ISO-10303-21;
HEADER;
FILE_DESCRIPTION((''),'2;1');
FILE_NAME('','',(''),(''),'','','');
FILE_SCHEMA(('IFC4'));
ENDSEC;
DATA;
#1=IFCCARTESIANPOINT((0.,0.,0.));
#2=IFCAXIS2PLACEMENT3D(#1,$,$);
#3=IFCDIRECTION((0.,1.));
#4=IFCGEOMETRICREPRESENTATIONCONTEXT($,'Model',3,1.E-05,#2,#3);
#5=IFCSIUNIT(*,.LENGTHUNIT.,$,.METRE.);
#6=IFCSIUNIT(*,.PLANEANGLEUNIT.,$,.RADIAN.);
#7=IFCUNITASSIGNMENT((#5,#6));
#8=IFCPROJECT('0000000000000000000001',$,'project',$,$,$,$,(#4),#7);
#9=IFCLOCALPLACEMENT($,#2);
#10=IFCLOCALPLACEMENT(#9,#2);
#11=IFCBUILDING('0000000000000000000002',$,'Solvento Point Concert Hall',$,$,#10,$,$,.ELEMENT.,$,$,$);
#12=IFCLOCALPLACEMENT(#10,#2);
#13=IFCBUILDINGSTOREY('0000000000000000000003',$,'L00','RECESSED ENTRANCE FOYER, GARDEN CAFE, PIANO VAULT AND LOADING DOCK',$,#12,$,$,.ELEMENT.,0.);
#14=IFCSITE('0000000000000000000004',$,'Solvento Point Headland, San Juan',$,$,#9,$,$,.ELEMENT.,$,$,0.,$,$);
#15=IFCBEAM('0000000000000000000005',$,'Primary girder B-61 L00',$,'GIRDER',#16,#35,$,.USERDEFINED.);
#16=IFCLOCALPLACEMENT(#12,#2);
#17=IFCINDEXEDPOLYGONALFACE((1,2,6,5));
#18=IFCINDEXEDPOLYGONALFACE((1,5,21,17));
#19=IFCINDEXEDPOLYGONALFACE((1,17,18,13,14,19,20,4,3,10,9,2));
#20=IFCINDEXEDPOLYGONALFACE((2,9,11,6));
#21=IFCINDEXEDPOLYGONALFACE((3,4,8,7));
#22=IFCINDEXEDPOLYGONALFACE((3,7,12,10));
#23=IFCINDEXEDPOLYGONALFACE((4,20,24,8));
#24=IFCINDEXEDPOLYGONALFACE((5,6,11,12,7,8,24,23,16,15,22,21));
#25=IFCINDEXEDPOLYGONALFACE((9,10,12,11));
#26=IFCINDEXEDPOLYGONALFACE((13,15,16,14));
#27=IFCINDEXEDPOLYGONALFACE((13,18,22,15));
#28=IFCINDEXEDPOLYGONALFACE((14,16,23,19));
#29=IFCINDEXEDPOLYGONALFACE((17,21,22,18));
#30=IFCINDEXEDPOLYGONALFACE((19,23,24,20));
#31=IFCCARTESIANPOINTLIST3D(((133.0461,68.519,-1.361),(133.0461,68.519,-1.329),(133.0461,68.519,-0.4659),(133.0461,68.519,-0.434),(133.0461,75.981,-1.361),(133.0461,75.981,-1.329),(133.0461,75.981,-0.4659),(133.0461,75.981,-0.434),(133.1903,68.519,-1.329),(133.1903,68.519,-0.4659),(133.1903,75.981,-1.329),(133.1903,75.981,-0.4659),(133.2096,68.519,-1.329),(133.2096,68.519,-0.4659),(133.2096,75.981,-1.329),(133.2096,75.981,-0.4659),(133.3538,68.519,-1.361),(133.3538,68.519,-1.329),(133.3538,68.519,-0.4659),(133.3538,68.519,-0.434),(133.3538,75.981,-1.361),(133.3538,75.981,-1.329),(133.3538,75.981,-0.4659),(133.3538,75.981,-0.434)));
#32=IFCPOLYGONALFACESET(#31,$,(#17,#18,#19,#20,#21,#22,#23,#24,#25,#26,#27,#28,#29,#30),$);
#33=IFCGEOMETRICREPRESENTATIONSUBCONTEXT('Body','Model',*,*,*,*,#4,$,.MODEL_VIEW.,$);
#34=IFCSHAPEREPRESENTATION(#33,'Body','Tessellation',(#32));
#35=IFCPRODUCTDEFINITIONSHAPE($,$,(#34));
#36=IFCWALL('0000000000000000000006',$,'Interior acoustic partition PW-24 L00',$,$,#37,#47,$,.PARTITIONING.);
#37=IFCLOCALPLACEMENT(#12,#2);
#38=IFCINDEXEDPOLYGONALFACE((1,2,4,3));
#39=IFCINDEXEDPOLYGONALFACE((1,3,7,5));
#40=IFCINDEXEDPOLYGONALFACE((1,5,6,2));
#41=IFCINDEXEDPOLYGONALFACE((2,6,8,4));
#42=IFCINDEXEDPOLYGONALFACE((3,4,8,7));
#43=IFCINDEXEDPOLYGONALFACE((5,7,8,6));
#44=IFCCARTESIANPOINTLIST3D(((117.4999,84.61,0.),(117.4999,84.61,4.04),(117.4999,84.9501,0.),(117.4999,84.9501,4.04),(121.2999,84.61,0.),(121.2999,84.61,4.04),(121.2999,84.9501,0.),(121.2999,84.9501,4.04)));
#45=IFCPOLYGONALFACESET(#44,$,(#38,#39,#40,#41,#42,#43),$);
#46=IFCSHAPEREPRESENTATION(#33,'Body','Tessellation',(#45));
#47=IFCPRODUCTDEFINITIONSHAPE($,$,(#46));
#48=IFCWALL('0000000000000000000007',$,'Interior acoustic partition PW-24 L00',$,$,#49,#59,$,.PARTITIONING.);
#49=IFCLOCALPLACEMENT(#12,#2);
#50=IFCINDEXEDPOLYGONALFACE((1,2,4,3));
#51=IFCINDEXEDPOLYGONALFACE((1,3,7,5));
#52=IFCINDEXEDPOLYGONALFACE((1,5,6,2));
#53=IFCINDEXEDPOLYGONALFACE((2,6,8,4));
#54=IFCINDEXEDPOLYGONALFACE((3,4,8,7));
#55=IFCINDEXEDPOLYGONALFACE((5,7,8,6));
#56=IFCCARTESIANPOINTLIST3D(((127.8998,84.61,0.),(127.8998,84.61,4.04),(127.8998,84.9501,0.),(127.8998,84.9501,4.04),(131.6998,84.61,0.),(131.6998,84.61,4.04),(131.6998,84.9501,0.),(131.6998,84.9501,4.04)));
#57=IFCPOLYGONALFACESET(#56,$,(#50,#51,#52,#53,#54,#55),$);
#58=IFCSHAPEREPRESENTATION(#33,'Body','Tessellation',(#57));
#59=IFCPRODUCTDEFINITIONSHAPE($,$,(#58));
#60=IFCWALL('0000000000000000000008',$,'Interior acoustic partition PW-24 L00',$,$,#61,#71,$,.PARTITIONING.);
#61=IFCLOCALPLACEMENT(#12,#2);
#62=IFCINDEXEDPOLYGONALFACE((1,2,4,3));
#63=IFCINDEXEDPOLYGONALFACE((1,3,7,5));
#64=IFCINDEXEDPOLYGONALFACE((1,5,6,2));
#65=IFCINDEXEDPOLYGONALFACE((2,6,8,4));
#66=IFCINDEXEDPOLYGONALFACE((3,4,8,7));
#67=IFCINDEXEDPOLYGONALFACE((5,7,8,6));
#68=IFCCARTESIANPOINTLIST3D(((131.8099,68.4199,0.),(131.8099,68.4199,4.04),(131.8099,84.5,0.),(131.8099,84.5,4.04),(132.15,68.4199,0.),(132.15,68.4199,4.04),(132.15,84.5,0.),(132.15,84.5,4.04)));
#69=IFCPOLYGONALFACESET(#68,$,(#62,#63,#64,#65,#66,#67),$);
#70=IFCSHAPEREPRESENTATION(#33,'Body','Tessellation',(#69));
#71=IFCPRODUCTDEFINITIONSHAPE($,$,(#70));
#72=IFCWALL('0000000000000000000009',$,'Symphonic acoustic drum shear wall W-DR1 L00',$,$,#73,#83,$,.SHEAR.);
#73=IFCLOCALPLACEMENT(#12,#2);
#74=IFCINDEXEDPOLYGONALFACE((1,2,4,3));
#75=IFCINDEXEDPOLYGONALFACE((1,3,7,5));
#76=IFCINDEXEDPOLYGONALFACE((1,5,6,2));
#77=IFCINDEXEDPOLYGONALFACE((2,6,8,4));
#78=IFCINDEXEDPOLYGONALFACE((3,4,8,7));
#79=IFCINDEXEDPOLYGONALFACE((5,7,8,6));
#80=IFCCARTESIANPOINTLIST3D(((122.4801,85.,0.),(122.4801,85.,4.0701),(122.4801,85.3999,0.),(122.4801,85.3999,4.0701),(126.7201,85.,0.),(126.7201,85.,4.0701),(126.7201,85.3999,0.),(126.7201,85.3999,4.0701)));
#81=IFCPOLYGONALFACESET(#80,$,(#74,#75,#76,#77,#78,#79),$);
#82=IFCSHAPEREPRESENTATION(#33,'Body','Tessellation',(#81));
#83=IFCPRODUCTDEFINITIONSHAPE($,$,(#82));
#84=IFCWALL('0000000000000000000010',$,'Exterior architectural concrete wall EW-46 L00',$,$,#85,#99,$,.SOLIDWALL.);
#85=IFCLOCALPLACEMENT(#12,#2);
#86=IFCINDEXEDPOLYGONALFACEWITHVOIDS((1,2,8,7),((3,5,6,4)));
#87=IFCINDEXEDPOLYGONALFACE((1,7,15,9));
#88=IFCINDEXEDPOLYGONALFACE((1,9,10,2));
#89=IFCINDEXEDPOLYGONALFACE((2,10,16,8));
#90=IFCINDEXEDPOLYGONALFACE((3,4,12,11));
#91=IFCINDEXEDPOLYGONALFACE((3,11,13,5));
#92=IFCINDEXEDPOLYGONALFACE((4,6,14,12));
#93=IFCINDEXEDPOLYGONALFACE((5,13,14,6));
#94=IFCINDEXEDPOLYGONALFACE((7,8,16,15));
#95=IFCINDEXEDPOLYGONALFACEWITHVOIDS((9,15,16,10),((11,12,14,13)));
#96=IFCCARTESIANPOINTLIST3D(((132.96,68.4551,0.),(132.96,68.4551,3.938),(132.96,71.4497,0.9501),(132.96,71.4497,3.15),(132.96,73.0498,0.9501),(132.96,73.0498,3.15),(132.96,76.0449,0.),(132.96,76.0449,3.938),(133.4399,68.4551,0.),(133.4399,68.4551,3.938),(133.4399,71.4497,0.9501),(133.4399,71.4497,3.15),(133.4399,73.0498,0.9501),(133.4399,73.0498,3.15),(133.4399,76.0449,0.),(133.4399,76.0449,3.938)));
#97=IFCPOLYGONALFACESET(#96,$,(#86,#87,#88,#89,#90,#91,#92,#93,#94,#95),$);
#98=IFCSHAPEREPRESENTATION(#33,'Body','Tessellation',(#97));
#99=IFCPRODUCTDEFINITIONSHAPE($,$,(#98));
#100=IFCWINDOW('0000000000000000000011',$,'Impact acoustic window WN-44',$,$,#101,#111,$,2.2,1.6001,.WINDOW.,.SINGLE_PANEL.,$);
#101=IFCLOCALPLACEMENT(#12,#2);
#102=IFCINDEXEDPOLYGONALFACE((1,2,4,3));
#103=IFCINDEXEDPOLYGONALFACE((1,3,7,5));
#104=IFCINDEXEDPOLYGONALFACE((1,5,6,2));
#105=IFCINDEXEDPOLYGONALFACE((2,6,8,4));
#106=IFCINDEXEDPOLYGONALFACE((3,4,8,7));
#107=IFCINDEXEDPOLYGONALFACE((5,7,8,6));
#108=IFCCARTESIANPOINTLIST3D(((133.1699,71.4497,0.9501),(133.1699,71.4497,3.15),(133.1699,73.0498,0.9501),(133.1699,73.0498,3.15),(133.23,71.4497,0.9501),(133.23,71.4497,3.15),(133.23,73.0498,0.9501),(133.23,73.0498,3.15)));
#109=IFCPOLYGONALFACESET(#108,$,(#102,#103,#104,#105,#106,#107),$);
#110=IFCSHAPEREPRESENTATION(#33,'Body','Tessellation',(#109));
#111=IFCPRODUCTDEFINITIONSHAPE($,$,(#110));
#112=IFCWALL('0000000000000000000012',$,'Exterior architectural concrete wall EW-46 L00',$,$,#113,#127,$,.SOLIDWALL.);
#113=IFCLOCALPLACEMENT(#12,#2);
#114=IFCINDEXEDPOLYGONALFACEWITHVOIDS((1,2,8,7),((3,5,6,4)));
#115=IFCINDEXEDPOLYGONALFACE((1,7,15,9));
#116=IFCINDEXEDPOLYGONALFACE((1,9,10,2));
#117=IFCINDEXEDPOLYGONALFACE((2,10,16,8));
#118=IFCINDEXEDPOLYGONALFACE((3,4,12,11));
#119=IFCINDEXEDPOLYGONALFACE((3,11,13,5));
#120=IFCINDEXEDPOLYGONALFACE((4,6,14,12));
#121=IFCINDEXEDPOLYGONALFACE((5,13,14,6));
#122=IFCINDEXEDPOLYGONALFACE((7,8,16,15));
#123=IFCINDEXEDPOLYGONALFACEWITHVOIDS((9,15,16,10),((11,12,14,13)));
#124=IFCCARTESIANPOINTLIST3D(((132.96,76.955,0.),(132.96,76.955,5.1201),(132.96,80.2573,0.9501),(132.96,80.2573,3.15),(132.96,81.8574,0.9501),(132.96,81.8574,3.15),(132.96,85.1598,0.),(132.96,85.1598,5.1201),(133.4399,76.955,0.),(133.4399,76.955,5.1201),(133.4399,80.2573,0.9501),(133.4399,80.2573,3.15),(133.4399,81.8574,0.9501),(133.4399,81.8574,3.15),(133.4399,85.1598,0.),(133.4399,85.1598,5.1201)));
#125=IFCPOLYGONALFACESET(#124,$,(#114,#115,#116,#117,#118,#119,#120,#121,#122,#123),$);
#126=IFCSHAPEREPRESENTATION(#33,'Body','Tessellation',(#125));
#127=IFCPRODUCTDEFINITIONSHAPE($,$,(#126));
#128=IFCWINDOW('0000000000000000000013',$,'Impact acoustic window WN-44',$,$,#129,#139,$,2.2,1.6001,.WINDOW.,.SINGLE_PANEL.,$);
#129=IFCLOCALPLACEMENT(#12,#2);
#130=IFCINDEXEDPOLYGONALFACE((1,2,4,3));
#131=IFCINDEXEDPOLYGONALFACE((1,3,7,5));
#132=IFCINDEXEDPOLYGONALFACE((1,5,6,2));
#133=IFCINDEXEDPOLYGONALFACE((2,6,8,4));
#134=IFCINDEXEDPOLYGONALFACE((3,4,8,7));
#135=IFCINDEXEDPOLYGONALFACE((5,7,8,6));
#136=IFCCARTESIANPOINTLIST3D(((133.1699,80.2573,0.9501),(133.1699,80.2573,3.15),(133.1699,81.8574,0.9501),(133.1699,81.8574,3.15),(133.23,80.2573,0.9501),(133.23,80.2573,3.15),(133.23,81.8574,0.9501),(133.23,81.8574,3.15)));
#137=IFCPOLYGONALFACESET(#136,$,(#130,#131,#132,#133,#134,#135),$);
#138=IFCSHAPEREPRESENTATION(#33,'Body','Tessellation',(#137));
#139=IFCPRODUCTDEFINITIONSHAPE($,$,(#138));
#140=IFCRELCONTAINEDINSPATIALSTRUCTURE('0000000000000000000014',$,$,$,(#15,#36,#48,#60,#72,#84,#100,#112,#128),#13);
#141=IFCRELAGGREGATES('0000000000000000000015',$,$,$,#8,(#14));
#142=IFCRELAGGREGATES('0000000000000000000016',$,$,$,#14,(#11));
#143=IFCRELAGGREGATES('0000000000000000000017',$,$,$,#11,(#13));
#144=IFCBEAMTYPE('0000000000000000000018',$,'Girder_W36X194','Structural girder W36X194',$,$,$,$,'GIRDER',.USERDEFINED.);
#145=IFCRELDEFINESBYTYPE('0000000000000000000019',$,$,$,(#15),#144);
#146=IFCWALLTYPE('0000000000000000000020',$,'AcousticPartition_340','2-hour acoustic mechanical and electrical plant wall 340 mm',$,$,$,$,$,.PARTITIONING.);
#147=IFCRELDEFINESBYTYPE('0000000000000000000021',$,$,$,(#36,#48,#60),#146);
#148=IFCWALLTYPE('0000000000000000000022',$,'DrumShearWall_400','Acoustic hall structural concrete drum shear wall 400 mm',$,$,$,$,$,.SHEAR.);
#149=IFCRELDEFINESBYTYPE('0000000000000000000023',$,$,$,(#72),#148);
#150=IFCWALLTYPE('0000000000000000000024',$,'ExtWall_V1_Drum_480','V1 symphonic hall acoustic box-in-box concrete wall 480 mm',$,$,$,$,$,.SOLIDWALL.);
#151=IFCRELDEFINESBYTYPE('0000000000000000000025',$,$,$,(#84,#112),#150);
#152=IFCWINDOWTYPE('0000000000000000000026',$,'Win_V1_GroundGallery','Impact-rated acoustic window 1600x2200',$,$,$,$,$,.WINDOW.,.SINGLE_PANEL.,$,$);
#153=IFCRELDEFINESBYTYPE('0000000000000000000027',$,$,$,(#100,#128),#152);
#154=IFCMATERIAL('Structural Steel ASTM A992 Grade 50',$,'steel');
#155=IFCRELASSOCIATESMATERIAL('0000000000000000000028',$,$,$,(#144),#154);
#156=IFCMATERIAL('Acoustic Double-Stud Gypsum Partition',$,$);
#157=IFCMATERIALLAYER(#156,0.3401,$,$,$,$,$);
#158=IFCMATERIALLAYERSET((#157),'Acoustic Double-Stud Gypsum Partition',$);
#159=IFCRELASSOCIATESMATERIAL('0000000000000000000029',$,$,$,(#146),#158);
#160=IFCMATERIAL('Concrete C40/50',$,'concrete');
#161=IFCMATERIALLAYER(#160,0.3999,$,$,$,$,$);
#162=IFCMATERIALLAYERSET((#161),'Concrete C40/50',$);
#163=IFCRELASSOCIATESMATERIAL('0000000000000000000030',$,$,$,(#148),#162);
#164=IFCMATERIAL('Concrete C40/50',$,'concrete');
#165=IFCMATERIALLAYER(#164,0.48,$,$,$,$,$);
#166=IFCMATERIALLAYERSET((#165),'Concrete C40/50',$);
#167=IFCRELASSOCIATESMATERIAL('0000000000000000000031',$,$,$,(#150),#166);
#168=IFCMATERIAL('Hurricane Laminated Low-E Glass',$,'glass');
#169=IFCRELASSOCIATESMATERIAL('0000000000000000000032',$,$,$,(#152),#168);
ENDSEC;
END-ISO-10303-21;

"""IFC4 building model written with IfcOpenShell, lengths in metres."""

from ifc_helpers import new_model, si_unit, direction, frame, frame_2d, origin, origin_2d, place, context, subcontext, project, spatial, rectangle, i_section, extrude, material, layer, layer_set, material_profile, profile_set, type_object, element, fill, save


model = new_model("IFC4")

# Units and contexts
model_context = context("Model", 3, precision=1e-05, world=origin(), true_north=direction((0.0, 1.0)))
body_context = subcontext(model_context, "Body", "Model", "MODEL_VIEW")
ifc_project = project(units=[si_unit("LENGTHUNIT", "METRE"), si_unit("PLANEANGLEUNIT", "RADIAN")], contexts=[model_context])

# Site, building, storey
site_placement = place(None, origin())
site = spatial("IfcSite", under=ifc_project, at=site_placement, Name="Solvento Point Headland, San Juan", CompositionType="ELEMENT", RefElevation=0.0)
building_placement = place(site_placement, origin())
building = spatial("IfcBuilding", under=site, at=building_placement, Name="Solvento Point Concert Hall", CompositionType="ELEMENT")
storey_placement = place(building_placement, origin())
storey = spatial("IfcBuildingStorey", under=building, at=storey_placement, Name="L00", Description="RECESSED ENTRANCE FOYER, GARDEN CAFE, PIANO VAULT AND LOADING DOCK", CompositionType="ELEMENT", Elevation=0.0)

# Beam
ifc_material_1 = material(Name="Structural Steel ASTM A992 Grade 50", Category="steel")
ifc_material_profile_1 = material_profile(ifc_material_1, i_section(OverallWidth=0.3076, OverallDepth=0.927, WebThickness=0.0193, FlangeThickness=0.032, at=origin_2d()), Name="W36X194")
ifc_profile_set_1 = profile_set([ifc_material_profile_1], Name="Structural Steel ASTM A992 Grade 50")
beam_type_1 = type_object("IfcBeamType", Name="Girder_W36X194", Description="Structural girder W36X194", ElementType="GIRDER", PredefinedType="USERDEFINED", material=ifc_profile_set_1)
beam_1_placement = place(storey_placement, frame((133.2, 68.519, -0.8975), z_axis=(0.0, 1.0, 0.0), x_axis=(-1.0, 0.0, 0.0)))
element("IfcBeam", 1, at=beam_1_placement, inside=storey, type_object=beam_type_1, Name="Primary girder B-61 L00", ObjectType="GIRDER", PredefinedType="USERDEFINED", context=body_context, shape_type="SweptSolid", body=[
    extrude(i_section(OverallWidth=0.3076, OverallDepth=0.927, WebThickness=0.0193, FlangeThickness=0.032, at=origin_2d()), origin(), (0.0, 0.0, 1.0), 7.4619),
])

# Walls
ifc_material_2 = material(Name="Acoustic Double-Stud Gypsum Partition")
ifc_layer_1 = layer(ifc_material_2, 0.3401)
ifc_layer_set_1 = layer_set([ifc_layer_1], Name="Acoustic Double-Stud Gypsum Partition")
wall_type_1 = type_object("IfcWallType", Name="AcousticPartition_340", Description="2-hour acoustic mechanical and electrical plant wall 340 mm", PredefinedType="PARTITIONING", material=ifc_layer_set_1)
for number, where, z_axis, x_axis, name in (
    (2, (117.5, 84.78, 0.0), (0.0, 0.0, 1.0), (1.0, 0.0, 0.0), "Interior acoustic partition PW-24 L00"),
    (3, (127.8999, 84.78, 0.0), (0.0, 0.0, 1.0), (1.0, 0.0, 0.0), "Interior acoustic partition PW-24 L00"),
):
    element("IfcWall", number, at=place(storey_placement, frame(where, z_axis=z_axis, x_axis=x_axis)), inside=storey, type_object=wall_type_1, Name=name, PredefinedType="PARTITIONING", context=body_context, shape_type="SweptSolid", body=[
        extrude(rectangle(XDim=3.8, YDim=0.3401, at=frame_2d((1.8999, 0.0))), origin(), (0.0, 0.0, 1.0), 4.04),
    ])
wall_1_placement = place(storey_placement, frame((131.98, 84.5, 0.0), z_axis=(0.0, 0.0, 1.0), x_axis=(0.0, -1.0, 0.0)))
element("IfcWall", 4, at=wall_1_placement, inside=storey, type_object=wall_type_1, Name="Interior acoustic partition PW-24 L00", PredefinedType="PARTITIONING", context=body_context, shape_type="SweptSolid", body=[
    extrude(rectangle(XDim=16.0801, YDim=0.3401, at=frame_2d((8.04, 0.0))), origin(), (0.0, 0.0, 1.0), 4.04),
])
ifc_material_3 = material(Name="Concrete C40/50", Category="concrete")
ifc_layer_2 = layer(ifc_material_3, 0.3999)
ifc_layer_set_2 = layer_set([ifc_layer_2], Name="Concrete C40/50")
wall_type_2 = type_object("IfcWallType", Name="DrumShearWall_400", Description="Acoustic hall structural concrete drum shear wall 400 mm", PredefinedType="SHEAR", material=ifc_layer_set_2)
wall_2_placement = place(storey_placement, frame((122.48, 85.2, 0.0), z_axis=(0.0, 0.0, 1.0), x_axis=(1.0, 0.0, 0.0)))
element("IfcWall", 5, at=wall_2_placement, inside=storey, type_object=wall_type_2, Name="Symphonic acoustic drum shear wall W-DR1 L00", PredefinedType="SHEAR", context=body_context, shape_type="SweptSolid", body=[
    extrude(rectangle(XDim=4.24, YDim=0.3999, at=frame_2d((2.1201, 0.0))), origin(), (0.0, 0.0, 1.0), 4.0701),
])

# Walls, openings, windows
ifc_material_4 = material(Name="Concrete C40/50", Category="concrete")
ifc_layer_3 = layer(ifc_material_4, 0.48)
ifc_layer_set_3 = layer_set([ifc_layer_3], Name="Concrete C40/50")
wall_type_3 = type_object("IfcWallType", Name="ExtWall_V1_Drum_480", Description="V1 symphonic hall acoustic box-in-box concrete wall 480 mm", PredefinedType="SOLIDWALL", material=ifc_layer_set_3)
wall_3_placement = place(storey_placement, frame((133.2, 76.0449, 0.0), z_axis=(0.0, 0.0, 1.0), x_axis=(0.0, -1.0, 0.0)))
wall_3 = element("IfcWall", 6, at=wall_3_placement, inside=storey, type_object=wall_type_3, Name="Exterior architectural concrete wall EW-46 L00", PredefinedType="SOLIDWALL", context=body_context, shape_type="SweptSolid", body=[
    extrude(rectangle(XDim=7.5898, YDim=0.48, at=frame_2d((3.7949, 0.0))), origin(), (0.0, 0.0, 1.0), 3.938),
])
opening_1_placement = place(wall_3_placement, frame((2.9951, 0.0, 0.95)))
opening_1 = element("IfcOpeningElement", 7, at=opening_1_placement, cuts=wall_3, PredefinedType="OPENING", context=body_context, shape_type="SweptSolid", body=[
    extrude(rectangle(XDim=1.6001, YDim=2.2, at=frame_2d((0.8, 1.1001))), frame((0.0, 0.25, 0.0), z_axis=(0.0, -1.0, 0.0), x_axis=(1.0, 0.0, 0.0)), (0.0, 0.0, 1.0), 0.5),
])
ifc_material_5 = material(Name="Hurricane Laminated Low-E Glass", Category="glass")
window_type = type_object("IfcWindowType", Name="Win_V1_GroundGallery", Description="Impact-rated acoustic window 1600x2200", PartitioningType="SINGLE_PANEL", PredefinedType="WINDOW", material=ifc_material_5)
window_1_placement = place(opening_1_placement, origin())
window_1 = element("IfcWindow", 8, at=window_1_placement, inside=storey, type_object=window_type, Name="Impact acoustic window WN-44", OverallHeight=2.2, OverallWidth=1.6001, PartitioningType="SINGLE_PANEL", PredefinedType="WINDOW", context=body_context, shape_type="SweptSolid", body=[
    extrude(rectangle(XDim=1.6001, YDim=2.2, at=frame_2d((0.8, 1.1001))), frame((0.0, 0.03, 0.0), z_axis=(0.0, -1.0, 0.0), x_axis=(1.0, 0.0, 0.0)), (0.0, 0.0, 1.0), 0.0601),
])
fill(opening_1, window_1)
wall_4_placement = place(storey_placement, frame((133.2, 85.1599, 0.0), z_axis=(0.0, 0.0, 1.0), x_axis=(0.0, -1.0, 0.0)))
wall_4 = element("IfcWall", 9, at=wall_4_placement, inside=storey, type_object=wall_type_3, Name="Exterior architectural concrete wall EW-46 L00", PredefinedType="SOLIDWALL", context=body_context, shape_type="SweptSolid", body=[
    extrude(rectangle(XDim=8.2048, YDim=0.48, at=frame_2d((4.1025, 0.0))), origin(), (0.0, 0.0, 1.0), 5.1201),
])
opening_2_placement = place(wall_4_placement, frame((3.3025, 0.0, 0.95)))
opening_2 = element("IfcOpeningElement", 10, at=opening_2_placement, cuts=wall_4, PredefinedType="OPENING", context=body_context, shape_type="SweptSolid", body=[
    extrude(rectangle(XDim=1.6001, YDim=2.2, at=frame_2d((0.8, 1.1001))), frame((0.0, 0.25, 0.0), z_axis=(0.0, -1.0, 0.0), x_axis=(1.0, 0.0, 0.0)), (0.0, 0.0, 1.0), 0.5),
])
window_2_placement = place(opening_2_placement, origin())
window_2 = element("IfcWindow", 11, at=window_2_placement, inside=storey, type_object=window_type, Name="Impact acoustic window WN-44", OverallHeight=2.2, OverallWidth=1.6001, PartitioningType="SINGLE_PANEL", PredefinedType="WINDOW", context=body_context, shape_type="SweptSolid", body=[
    extrude(rectangle(XDim=1.6001, YDim=2.2, at=frame_2d((0.8, 1.1001))), frame((0.0, 0.03, 0.0), z_axis=(0.0, -1.0, 0.0), x_axis=(1.0, 0.0, 0.0)), (0.0, 0.0, 1.0), 0.0601),
])
fill(opening_2, window_2)

save(model, "model.ifc")
